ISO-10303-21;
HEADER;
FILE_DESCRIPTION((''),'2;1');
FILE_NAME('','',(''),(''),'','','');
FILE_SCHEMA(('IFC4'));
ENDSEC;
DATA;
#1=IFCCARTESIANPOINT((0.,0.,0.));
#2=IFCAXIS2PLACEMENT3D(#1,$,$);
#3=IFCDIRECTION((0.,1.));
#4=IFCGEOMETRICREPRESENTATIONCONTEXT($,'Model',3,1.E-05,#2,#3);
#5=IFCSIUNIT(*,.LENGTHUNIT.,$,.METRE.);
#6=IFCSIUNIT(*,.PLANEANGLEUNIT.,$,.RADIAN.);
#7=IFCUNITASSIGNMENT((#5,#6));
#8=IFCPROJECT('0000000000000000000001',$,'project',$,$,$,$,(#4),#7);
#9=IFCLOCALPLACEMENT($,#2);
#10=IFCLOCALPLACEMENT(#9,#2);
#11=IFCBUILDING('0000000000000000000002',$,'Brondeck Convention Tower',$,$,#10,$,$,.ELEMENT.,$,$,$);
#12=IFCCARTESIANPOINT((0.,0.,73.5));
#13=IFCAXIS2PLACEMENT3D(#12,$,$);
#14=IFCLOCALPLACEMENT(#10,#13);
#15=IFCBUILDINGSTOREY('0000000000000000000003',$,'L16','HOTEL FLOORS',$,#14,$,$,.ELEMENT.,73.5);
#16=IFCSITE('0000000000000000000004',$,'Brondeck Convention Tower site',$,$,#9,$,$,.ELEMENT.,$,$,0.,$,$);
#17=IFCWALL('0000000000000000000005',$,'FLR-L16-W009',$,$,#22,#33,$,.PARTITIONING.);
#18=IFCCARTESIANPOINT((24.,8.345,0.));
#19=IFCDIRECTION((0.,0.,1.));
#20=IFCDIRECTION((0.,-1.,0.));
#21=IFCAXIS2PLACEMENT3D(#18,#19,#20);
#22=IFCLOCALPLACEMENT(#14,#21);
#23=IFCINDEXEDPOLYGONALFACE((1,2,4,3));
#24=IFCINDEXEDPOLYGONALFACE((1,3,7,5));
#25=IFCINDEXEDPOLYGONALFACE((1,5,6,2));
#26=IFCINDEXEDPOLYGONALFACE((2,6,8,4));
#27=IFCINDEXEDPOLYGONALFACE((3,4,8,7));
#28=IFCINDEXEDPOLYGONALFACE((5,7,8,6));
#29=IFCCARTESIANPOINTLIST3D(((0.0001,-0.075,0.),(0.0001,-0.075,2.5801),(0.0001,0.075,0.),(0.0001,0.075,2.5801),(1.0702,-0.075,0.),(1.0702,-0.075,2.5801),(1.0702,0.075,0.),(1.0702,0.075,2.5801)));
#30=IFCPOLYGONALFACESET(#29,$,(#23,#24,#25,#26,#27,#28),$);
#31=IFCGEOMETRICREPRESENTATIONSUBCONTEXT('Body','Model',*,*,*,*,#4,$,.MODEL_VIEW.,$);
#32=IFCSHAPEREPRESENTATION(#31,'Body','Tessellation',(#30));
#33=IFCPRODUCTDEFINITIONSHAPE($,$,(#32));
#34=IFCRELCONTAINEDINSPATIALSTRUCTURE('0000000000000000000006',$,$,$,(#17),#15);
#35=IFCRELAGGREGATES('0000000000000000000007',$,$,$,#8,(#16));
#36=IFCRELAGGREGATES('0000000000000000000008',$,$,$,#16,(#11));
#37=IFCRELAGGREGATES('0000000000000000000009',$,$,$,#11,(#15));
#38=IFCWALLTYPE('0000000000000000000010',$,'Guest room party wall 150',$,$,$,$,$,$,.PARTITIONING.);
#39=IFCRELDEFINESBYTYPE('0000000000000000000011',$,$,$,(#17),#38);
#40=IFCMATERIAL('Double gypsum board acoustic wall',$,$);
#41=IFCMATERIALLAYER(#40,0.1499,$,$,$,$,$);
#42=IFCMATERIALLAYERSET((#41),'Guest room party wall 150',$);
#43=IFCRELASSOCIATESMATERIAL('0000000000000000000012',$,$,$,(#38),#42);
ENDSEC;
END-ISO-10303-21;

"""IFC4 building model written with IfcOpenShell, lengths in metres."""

from ifc_helpers import new_model, si_unit, direction, frame, frame_2d, origin, place, context, subcontext, project, spatial, rectangle, extrude, material, layer, layer_set, type_object, element, save


model = new_model("IFC4")

# Units and contexts
model_context = context("Model", 3, precision=1e-05, world=origin(), true_north=direction((0.0, 1.0)))
body_context = subcontext(model_context, "Body", "Model", "MODEL_VIEW")
ifc_project = project(units=[si_unit("LENGTHUNIT", "METRE"), si_unit("PLANEANGLEUNIT", "RADIAN")], contexts=[model_context])

# Site, building, storey
site_placement = place(None, origin())
site = spatial("IfcSite", under=ifc_project, at=site_placement, Name="Brondeck Convention Tower site", CompositionType="ELEMENT", RefElevation=0.0)
building_placement = place(site_placement, origin())
building = spatial("IfcBuilding", under=site, at=building_placement, Name="Brondeck Convention Tower", CompositionType="ELEMENT")
storey_placement = place(building_placement, frame((0.0, 0.0, 73.5)))
storey = spatial("IfcBuildingStorey", under=building, at=storey_placement, Name="L16", Description="HOTEL FLOORS", CompositionType="ELEMENT", Elevation=73.5)

# Shared definitions
ifc_material_1 = material(Name="Double gypsum board acoustic wall")
ifc_layer_1 = layer(ifc_material_1, 0.1499)
ifc_layer_set_1 = layer_set([ifc_layer_1], Name="Guest room party wall 150")
wall_type_1 = type_object("IfcWallType", Name="Guest room party wall 150", PredefinedType="PARTITIONING", material=ifc_layer_set_1)

# Wall
wall_1_placement = place(storey_placement, frame((24.0, 8.345, 0.0), z_axis=(0.0, 0.0, 1.0), x_axis=(0.0, -1.0, 0.0)))
element("IfcWall", 1, at=wall_1_placement, inside=storey, type_object=wall_type_1, Name="FLR-L16-W009", PredefinedType="PARTITIONING", context=body_context, shape_type="SweptSolid", body=[
    extrude(rectangle(XDim=1.0701, YDim=0.1499, at=frame_2d((0.5352, 0.0))), origin(), (0.0, 0.0, 1.0), 2.5801),
])

save(model, "model.ifc")
